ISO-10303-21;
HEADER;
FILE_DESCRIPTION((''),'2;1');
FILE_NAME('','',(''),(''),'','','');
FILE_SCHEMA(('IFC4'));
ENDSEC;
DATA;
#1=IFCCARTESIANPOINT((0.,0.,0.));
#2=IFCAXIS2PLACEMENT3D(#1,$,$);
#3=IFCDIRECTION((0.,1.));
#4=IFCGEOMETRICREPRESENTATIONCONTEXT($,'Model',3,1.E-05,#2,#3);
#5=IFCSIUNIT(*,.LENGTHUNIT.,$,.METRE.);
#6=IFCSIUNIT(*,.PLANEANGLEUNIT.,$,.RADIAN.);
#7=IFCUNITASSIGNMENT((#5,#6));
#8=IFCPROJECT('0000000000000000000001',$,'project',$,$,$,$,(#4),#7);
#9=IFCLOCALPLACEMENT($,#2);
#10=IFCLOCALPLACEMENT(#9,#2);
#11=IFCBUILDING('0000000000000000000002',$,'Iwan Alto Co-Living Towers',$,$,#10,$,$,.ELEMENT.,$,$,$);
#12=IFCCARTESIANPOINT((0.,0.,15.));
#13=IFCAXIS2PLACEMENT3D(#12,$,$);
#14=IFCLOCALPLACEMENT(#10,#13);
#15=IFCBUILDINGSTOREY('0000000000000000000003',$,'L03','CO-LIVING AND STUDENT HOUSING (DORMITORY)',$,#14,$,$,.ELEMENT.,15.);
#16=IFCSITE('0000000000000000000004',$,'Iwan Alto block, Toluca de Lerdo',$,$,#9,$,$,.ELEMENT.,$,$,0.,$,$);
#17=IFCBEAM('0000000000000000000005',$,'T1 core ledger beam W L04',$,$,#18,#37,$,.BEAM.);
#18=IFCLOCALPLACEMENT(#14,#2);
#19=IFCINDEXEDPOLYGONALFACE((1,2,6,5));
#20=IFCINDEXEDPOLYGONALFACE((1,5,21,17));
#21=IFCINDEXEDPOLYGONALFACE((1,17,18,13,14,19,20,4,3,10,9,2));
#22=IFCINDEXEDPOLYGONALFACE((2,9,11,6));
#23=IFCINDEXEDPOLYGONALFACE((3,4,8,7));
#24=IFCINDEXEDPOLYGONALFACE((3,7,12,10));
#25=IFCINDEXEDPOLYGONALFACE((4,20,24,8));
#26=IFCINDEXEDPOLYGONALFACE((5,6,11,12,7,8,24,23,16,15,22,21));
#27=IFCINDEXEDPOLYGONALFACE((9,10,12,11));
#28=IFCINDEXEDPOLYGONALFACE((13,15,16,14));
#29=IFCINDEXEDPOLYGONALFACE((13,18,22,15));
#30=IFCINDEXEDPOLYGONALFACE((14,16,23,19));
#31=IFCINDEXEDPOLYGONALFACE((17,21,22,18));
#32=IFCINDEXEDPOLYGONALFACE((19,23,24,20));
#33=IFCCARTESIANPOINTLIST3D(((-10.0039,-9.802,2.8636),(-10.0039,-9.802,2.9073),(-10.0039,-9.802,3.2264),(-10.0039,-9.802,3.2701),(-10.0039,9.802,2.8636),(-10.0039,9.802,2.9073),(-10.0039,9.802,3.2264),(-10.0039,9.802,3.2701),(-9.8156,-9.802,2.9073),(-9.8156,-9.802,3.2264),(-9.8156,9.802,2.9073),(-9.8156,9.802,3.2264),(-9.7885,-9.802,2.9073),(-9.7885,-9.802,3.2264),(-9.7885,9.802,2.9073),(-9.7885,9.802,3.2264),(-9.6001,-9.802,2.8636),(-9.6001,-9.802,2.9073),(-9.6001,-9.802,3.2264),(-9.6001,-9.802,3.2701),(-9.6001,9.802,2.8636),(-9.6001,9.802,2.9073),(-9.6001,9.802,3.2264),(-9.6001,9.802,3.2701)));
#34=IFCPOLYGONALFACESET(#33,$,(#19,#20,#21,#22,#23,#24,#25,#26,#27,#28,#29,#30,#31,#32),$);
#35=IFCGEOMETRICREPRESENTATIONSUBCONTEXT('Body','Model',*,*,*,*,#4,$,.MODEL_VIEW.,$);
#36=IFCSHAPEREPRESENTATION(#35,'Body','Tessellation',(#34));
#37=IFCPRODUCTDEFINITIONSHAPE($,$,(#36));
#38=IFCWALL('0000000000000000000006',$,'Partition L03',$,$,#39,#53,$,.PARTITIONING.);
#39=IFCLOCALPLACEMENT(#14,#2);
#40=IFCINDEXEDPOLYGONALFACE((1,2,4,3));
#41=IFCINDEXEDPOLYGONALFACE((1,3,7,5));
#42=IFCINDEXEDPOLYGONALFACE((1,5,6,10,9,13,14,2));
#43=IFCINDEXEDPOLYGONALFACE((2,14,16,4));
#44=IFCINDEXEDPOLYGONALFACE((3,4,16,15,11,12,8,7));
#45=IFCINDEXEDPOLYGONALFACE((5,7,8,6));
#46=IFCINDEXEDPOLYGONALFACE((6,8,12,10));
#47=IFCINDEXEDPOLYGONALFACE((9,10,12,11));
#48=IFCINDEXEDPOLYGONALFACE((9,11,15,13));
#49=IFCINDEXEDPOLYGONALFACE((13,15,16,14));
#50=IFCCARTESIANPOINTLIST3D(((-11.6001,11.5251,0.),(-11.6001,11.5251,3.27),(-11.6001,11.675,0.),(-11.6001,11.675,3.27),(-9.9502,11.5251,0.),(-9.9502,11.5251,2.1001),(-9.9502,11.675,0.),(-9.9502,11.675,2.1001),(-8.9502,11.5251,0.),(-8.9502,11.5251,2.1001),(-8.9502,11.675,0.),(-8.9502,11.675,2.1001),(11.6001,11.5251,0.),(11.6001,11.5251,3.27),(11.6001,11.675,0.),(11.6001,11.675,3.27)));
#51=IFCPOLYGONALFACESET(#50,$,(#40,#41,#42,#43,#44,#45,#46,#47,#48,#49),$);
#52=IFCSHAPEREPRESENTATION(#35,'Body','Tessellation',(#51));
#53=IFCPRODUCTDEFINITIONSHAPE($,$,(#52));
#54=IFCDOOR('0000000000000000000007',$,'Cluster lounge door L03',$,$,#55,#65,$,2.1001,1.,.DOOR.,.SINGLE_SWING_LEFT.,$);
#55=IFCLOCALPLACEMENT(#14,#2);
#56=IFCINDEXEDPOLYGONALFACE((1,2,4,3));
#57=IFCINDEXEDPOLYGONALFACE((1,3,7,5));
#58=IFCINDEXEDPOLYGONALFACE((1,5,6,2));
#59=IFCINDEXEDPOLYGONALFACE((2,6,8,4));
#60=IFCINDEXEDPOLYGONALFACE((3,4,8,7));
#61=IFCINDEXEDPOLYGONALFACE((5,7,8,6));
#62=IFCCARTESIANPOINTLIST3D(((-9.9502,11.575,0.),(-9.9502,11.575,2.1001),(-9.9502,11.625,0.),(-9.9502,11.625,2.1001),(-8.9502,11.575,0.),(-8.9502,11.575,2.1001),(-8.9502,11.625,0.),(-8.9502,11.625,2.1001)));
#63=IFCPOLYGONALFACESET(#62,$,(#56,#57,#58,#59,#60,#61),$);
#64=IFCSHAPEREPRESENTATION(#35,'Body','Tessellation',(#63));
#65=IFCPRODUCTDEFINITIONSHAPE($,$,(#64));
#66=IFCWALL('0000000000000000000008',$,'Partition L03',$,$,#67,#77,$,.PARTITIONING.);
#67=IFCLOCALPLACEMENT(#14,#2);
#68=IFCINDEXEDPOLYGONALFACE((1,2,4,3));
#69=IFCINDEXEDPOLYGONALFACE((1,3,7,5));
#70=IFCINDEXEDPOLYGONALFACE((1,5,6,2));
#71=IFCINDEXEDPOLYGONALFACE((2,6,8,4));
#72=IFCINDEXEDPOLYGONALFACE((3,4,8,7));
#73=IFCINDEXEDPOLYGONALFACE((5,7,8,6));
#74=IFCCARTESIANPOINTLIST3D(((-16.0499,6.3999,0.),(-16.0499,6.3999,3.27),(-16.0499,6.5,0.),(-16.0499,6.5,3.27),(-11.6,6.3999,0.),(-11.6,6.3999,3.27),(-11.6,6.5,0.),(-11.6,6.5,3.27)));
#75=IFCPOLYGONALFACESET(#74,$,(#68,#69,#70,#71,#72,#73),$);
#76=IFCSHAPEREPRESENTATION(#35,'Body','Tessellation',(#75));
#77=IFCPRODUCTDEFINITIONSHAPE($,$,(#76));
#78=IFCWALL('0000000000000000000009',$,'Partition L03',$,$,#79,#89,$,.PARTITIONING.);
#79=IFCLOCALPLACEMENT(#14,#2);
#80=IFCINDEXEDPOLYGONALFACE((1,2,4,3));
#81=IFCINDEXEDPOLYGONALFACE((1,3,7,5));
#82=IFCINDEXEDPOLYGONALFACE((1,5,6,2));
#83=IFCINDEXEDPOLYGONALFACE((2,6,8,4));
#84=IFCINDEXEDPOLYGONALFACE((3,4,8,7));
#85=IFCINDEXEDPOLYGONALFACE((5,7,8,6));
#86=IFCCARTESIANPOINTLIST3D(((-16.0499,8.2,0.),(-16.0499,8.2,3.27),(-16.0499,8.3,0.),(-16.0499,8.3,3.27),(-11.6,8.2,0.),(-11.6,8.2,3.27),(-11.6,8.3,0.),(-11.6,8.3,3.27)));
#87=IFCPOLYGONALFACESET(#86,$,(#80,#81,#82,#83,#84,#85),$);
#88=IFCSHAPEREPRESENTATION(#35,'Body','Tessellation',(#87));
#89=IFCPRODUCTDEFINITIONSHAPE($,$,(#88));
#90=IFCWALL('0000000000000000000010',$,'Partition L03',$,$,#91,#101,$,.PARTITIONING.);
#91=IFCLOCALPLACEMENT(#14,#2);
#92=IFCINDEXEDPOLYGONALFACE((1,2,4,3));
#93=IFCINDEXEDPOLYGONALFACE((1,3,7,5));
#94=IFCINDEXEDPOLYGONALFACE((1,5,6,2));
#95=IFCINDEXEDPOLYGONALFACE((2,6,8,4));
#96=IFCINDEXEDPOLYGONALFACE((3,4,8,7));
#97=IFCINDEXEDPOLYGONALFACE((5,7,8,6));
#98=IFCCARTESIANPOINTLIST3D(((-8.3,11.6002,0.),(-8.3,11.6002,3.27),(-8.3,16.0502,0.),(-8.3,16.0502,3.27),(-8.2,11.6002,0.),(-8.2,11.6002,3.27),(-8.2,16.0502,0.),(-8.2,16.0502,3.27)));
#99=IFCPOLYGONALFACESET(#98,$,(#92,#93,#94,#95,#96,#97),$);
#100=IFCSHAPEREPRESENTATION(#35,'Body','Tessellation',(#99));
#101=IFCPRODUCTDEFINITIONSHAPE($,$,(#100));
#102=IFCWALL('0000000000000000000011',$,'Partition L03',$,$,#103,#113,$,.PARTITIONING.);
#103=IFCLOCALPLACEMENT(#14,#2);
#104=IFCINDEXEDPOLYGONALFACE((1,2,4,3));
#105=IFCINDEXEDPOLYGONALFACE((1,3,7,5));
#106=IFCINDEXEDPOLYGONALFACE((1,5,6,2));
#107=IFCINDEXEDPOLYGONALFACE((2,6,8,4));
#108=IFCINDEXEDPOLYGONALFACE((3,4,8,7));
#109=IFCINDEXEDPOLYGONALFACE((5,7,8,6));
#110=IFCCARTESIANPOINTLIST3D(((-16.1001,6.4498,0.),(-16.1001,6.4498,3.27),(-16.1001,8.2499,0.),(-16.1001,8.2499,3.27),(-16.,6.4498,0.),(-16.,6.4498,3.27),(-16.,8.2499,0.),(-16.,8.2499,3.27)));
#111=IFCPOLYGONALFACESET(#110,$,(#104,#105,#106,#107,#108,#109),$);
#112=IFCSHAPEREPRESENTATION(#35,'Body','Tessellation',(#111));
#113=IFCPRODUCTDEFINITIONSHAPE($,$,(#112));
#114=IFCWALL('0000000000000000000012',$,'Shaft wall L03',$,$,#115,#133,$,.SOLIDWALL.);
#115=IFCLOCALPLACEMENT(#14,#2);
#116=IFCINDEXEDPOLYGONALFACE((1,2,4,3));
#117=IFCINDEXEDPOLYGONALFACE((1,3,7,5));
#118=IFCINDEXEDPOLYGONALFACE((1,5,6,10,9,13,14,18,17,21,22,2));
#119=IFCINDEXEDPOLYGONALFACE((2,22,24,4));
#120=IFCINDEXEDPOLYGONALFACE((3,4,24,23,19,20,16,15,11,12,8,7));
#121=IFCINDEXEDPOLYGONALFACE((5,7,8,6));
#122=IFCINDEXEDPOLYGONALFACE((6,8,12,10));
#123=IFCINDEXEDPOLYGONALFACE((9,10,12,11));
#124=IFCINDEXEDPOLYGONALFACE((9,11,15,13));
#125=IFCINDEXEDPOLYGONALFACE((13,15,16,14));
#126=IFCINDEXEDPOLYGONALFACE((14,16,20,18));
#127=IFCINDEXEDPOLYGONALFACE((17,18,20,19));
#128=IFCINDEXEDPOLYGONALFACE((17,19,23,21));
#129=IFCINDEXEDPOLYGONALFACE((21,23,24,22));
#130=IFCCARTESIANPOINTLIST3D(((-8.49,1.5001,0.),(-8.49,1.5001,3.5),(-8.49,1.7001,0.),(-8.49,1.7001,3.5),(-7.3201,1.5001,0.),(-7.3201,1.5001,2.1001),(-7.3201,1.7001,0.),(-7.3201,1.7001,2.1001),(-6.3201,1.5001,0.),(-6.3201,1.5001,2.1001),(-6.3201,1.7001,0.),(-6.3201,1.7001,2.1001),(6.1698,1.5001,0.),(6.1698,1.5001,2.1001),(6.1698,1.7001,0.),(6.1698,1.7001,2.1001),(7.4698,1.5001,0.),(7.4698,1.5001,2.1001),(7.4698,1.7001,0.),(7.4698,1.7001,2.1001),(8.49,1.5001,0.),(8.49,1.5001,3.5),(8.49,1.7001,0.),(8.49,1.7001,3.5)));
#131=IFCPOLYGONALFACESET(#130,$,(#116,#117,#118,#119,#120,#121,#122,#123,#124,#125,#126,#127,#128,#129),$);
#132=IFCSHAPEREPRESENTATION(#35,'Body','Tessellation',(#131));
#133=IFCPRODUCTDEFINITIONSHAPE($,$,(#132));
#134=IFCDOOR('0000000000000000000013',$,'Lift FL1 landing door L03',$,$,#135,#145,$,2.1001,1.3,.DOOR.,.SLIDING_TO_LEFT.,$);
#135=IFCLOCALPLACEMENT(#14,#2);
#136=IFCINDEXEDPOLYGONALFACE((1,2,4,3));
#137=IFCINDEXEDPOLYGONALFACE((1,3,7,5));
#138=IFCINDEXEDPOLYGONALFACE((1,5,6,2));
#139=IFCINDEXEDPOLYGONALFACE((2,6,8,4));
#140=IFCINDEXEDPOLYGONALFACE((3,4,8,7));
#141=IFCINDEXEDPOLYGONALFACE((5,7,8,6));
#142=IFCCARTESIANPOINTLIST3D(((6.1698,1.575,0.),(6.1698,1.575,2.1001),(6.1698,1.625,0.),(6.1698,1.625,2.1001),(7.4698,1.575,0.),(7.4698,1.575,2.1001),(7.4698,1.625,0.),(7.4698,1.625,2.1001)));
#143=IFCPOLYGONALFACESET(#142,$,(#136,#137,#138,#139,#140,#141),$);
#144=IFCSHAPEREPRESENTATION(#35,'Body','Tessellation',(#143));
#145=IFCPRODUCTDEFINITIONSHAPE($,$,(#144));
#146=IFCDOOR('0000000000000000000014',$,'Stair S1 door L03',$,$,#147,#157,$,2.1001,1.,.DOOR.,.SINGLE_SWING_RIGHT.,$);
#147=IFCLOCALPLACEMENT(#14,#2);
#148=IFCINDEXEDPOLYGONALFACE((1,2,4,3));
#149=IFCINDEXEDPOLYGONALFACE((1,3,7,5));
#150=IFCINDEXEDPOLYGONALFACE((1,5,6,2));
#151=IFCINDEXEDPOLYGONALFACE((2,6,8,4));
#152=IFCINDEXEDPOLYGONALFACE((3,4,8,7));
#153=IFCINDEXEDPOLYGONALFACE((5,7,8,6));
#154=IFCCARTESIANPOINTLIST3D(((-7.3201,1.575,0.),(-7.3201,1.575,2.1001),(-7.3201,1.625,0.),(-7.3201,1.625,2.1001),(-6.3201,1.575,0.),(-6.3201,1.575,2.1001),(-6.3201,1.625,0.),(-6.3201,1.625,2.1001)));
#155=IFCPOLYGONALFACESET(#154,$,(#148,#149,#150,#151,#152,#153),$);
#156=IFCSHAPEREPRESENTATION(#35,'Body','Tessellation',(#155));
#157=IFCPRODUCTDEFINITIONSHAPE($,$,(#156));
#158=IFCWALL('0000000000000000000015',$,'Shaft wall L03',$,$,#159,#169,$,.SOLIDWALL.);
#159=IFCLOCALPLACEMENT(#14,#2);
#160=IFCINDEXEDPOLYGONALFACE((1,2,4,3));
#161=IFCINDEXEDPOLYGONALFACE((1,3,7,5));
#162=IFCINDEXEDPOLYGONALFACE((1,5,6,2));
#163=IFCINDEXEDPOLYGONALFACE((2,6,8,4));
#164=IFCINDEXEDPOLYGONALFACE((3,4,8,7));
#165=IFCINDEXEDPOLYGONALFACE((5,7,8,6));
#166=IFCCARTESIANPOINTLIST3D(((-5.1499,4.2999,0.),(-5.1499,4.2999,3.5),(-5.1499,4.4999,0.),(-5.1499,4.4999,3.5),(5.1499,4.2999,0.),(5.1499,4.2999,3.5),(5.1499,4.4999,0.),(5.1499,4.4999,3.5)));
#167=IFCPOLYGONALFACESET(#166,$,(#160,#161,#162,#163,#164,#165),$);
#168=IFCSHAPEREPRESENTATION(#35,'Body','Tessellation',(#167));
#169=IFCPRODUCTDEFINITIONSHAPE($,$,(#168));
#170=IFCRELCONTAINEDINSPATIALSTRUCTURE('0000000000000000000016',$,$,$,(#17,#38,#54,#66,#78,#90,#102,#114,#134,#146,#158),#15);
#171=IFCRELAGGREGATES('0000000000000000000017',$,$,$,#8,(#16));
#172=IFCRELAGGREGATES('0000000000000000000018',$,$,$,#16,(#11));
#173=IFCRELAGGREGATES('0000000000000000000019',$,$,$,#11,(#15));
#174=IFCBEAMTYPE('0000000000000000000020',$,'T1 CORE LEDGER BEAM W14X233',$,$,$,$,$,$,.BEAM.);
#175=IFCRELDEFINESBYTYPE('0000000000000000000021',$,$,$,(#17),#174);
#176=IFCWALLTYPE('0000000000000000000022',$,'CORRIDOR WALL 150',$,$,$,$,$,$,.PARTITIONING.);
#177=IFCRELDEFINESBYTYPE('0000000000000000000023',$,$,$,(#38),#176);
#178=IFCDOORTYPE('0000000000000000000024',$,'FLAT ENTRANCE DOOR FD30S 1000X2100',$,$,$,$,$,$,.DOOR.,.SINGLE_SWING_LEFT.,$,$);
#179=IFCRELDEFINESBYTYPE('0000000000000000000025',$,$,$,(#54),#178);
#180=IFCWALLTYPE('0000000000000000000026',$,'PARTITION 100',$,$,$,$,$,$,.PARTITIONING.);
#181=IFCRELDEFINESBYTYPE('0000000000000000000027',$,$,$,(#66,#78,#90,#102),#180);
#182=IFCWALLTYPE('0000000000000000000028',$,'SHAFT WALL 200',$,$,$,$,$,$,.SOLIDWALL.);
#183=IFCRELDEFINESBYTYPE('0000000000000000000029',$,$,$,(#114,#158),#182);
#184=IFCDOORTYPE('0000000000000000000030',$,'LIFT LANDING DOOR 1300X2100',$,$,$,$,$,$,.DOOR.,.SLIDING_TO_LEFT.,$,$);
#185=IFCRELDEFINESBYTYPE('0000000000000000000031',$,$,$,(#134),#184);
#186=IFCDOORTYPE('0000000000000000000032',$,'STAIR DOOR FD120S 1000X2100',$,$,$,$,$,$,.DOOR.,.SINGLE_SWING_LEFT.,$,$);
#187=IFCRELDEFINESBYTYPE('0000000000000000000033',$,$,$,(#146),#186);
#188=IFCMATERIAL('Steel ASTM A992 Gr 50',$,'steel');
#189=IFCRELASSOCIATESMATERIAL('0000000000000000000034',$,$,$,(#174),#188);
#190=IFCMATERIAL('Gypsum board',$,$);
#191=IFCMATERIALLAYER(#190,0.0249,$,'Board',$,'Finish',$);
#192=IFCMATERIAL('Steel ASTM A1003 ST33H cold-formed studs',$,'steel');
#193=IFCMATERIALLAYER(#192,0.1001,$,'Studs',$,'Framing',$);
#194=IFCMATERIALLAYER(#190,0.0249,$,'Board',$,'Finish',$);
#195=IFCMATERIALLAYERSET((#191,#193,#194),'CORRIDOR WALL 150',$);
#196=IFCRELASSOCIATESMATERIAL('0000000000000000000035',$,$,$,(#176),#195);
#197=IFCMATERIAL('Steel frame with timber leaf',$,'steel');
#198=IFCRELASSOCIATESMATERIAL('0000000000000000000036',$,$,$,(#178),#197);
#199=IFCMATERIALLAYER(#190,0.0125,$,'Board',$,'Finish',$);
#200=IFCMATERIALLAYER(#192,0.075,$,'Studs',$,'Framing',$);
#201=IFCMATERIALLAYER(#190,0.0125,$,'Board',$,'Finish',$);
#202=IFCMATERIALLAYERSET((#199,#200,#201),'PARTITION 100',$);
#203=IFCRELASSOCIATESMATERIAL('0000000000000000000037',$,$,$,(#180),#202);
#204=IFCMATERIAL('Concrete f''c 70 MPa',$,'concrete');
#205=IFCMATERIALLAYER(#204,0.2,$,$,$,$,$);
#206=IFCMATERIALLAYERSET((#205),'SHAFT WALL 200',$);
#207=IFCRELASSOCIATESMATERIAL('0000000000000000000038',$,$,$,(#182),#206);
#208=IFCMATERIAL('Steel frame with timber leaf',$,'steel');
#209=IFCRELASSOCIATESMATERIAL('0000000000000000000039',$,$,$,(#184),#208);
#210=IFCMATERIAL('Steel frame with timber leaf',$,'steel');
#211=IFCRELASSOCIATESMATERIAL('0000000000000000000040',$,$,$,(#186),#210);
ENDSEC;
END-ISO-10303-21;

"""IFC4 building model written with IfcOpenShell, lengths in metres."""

from ifc_helpers import new_model, si_unit, direction, frame, frame_2d, origin, origin_2d, place, context, subcontext, project, spatial, rectangle, i_section, extrude, material, layer, layer_set, material_profile, profile_set, type_object, element, fill, save


model = new_model("IFC4")

# Units and contexts
model_context = context("Model", 3, precision=1e-05, world=origin(), true_north=direction((0.0, 1.0)))
body_context = subcontext(model_context, "Body", "Model", "MODEL_VIEW")
ifc_project = project(units=[si_unit("LENGTHUNIT", "METRE"), si_unit("PLANEANGLEUNIT", "RADIAN")], contexts=[model_context])

# Site, building, storey
site_placement = place(None, origin())
site = spatial("IfcSite", under=ifc_project, at=site_placement, Name="Iwan Alto block, Toluca de Lerdo", CompositionType="ELEMENT", RefElevation=0.0)
building_placement = place(site_placement, origin())
building = spatial("IfcBuilding", under=site, at=building_placement, Name="Iwan Alto Co-Living Towers", CompositionType="ELEMENT")
storey_placement = place(building_placement, frame((0.0, 0.0, 15.0)))
storey = spatial("IfcBuildingStorey", under=building, at=storey_placement, Name="L03", Description="CO-LIVING AND STUDENT HOUSING (DORMITORY)", CompositionType="ELEMENT", Elevation=15.0)

# Beam
ifc_material_1 = material(Name="Steel ASTM A992 Gr 50", Category="steel")
ifc_material_profile = material_profile(ifc_material_1, i_section(OverallWidth=0.4038, OverallDepth=0.4065, WebThickness=0.0271, FlangeThickness=0.0437, at=origin_2d()), Name="W14X233")
ifc_profile_set = profile_set([ifc_material_profile], Name="Steel ASTM A992 Gr 50")
beam_type = type_object("IfcBeamType", Name="T1 CORE LEDGER BEAM W14X233", PredefinedType="BEAM", material=ifc_profile_set)
beam_placement = place(storey_placement, frame((-9.802, 9.802, 3.0669), z_axis=(0.0, -1.0, 0.0), x_axis=(1.0, 0.0, 0.0)))
element("IfcBeam", 1, at=beam_placement, inside=storey, type_object=beam_type, Name="T1 core ledger beam W L04", PredefinedType="BEAM", context=body_context, shape_type="SweptSolid", body=[
    extrude(i_section(OverallWidth=0.4038, OverallDepth=0.4065, WebThickness=0.0271, FlangeThickness=0.0437, at=origin_2d()), origin(), (0.0, 0.0, 1.0), 19.604),
])

# Wall, opening, door
ifc_material_2 = material(Name="Gypsum board")
ifc_layer_1 = layer(ifc_material_2, 0.0249, Name="Board", Category="Finish")
ifc_material_3 = material(Name="Steel ASTM A1003 ST33H cold-formed studs", Category="steel")
ifc_layer_2 = layer(ifc_material_3, 0.1001, Name="Studs", Category="Framing")
ifc_layer_3 = layer(ifc_material_2, 0.0249, Name="Board", Category="Finish")
ifc_layer_set_1 = layer_set([ifc_layer_1, ifc_layer_2, ifc_layer_3], Name="CORRIDOR WALL 150")
wall_type_1 = type_object("IfcWallType", Name="CORRIDOR WALL 150", PredefinedType="PARTITIONING", material=ifc_layer_set_1)
wall_1_placement = place(storey_placement, frame((-11.6001, 11.6001, 0.0), z_axis=(0.0, 0.0, 1.0), x_axis=(1.0, 0.0, 0.0)))
wall_1 = element("IfcWall", 2, at=wall_1_placement, inside=storey, type_object=wall_type_1, Name="Partition L03", PredefinedType="PARTITIONING", context=body_context, shape_type="SweptSolid", body=[
    extrude(rectangle(XDim=23.2002, YDim=0.1499, at=frame_2d((11.6001, 0.0))), origin(), (0.0, 0.0, 1.0), 3.27),
])
opening_1_placement = place(wall_1_placement, frame((1.6499, 0.0, 0.0)))
opening_1 = element("IfcOpeningElement", 3, at=opening_1_placement, cuts=wall_1, PredefinedType="OPENING", context=body_context, shape_type="SweptSolid", body=[
    extrude(rectangle(XDim=1.0, YDim=2.1001, at=frame_2d((0.5, 1.05))), frame((0.0, 0.085, 0.0), z_axis=(0.0, -1.0, 0.0), x_axis=(1.0, 0.0, 0.0)), (0.0, 0.0, 1.0), 0.1699),
])
ifc_material_4 = material(Name="Steel frame with timber leaf", Category="steel")
door_type_1 = type_object("IfcDoorType", Name="FLAT ENTRANCE DOOR FD30S 1000X2100", OperationType="SINGLE_SWING_LEFT", PredefinedType="DOOR", material=ifc_material_4)
door_1_placement = place(opening_1_placement, origin())
door_1 = element("IfcDoor", 4, at=door_1_placement, inside=storey, type_object=door_type_1, Name="Cluster lounge door L03", OperationType="SINGLE_SWING_LEFT", OverallHeight=2.1001, OverallWidth=1.0, PredefinedType="DOOR", context=body_context, shape_type="SweptSolid", body=[
    extrude(rectangle(XDim=1.0, YDim=2.1001, at=frame_2d((0.5, 1.05))), frame((0.0, 0.0249, 0.0), z_axis=(0.0, -1.0, 0.0), x_axis=(1.0, 0.0, 0.0)), (0.0, 0.0, 1.0), 0.05),
])
fill(opening_1, door_1)

# Walls
ifc_layer_4 = layer(ifc_material_2, 0.0125, Name="Board", Category="Finish")
ifc_layer_5 = layer(ifc_material_3, 0.075, Name="Studs", Category="Framing")
ifc_layer_6 = layer(ifc_material_2, 0.0125, Name="Board", Category="Finish")
ifc_layer_set_2 = layer_set([ifc_layer_4, ifc_layer_5, ifc_layer_6], Name="PARTITION 100")
wall_type_2 = type_object("IfcWallType", Name="PARTITION 100", PredefinedType="PARTITIONING", material=ifc_layer_set_2)
for number, where, z_axis, x_axis, name in (
    (5, (-16.05, 6.45, 0.0), (0.0, 0.0, 1.0), (1.0, 0.0, 0.0), "Partition L03"),
    (6, (-16.05, 8.25, 0.0), (0.0, 0.0, 1.0), (1.0, 0.0, 0.0), "Partition L03"),
    (7, (-8.25, 11.6001, 0.0), (0.0, 0.0, 1.0), (0.0, 1.0, 0.0), "Partition L03"),
):
    element("IfcWall", number, at=place(storey_placement, frame(where, z_axis=z_axis, x_axis=x_axis)), inside=storey, type_object=wall_type_2, Name=name, PredefinedType="PARTITIONING", context=body_context, shape_type="SweptSolid", body=[
        extrude(rectangle(XDim=4.45, YDim=0.1001, at=frame_2d((2.2251, 0.0))), origin(), (0.0, 0.0, 1.0), 3.27),
    ])
wall_2_placement = place(storey_placement, frame((-16.05, 6.45, 0.0), z_axis=(0.0, 0.0, 1.0), x_axis=(0.0, 1.0, 0.0)))
element("IfcWall", 8, at=wall_2_placement, inside=storey, type_object=wall_type_2, Name="Partition L03", PredefinedType="PARTITIONING", context=body_context, shape_type="SweptSolid", body=[
    extrude(rectangle(XDim=1.8, YDim=0.1001, at=frame_2d((0.8999, 0.0))), origin(), (0.0, 0.0, 1.0), 3.27),
])

# Wall, openings, doors
ifc_material_5 = material(Name="Concrete f'c 70 MPa", Category="concrete")
ifc_layer_7 = layer(ifc_material_5, 0.2)
ifc_layer_set_3 = layer_set([ifc_layer_7], Name="SHAFT WALL 200")
wall_type_3 = type_object("IfcWallType", Name="SHAFT WALL 200", PredefinedType="SOLIDWALL", material=ifc_layer_set_3)
wall_3_placement = place(storey_placement, frame((-8.49, 1.6001, 0.0), z_axis=(0.0, 0.0, 1.0), x_axis=(1.0, 0.0, 0.0)))
wall_3 = element("IfcWall", 9, at=wall_3_placement, inside=storey, type_object=wall_type_3, Name="Shaft wall L03", PredefinedType="SOLIDWALL", context=body_context, shape_type="SweptSolid", body=[
    extrude(rectangle(XDim=16.98, YDim=0.2, at=frame_2d((8.49, 0.0))), origin(), (0.0, 0.0, 1.0), 3.5),
])
opening_2_placement = place(wall_3_placement, frame((1.1699, 0.0, 0.0)))
opening_2 = element("IfcOpeningElement", 10, at=opening_2_placement, cuts=wall_3, PredefinedType="OPENING", context=body_context, shape_type="SweptSolid", body=[
    extrude(rectangle(XDim=1.0, YDim=2.1001, at=frame_2d((0.5, 1.05))), frame((0.0, 0.1099, 0.0), z_axis=(0.0, -1.0, 0.0), x_axis=(1.0, 0.0, 0.0)), (0.0, 0.0, 1.0), 0.22),
])
opening_3_placement = place(wall_3_placement, frame((14.6599, 0.0, 0.0)))
opening_3 = element("IfcOpeningElement", 11, at=opening_3_placement, cuts=wall_3, PredefinedType="OPENING", context=body_context, shape_type="SweptSolid", body=[
    extrude(rectangle(XDim=1.3, YDim=2.1001, at=frame_2d((0.6499, 1.05))), frame((0.0, 0.1099, 0.0), z_axis=(0.0, -1.0, 0.0), x_axis=(1.0, 0.0, 0.0)), (0.0, 0.0, 1.0), 0.22),
])
ifc_material_6 = material(Name="Steel frame with timber leaf", Category="steel")
door_type_2 = type_object("IfcDoorType", Name="LIFT LANDING DOOR 1300X2100", OperationType="SLIDING_TO_LEFT", PredefinedType="DOOR", material=ifc_material_6)
door_2_placement = place(opening_3_placement, origin())
door_2 = element("IfcDoor", 12, at=door_2_placement, inside=storey, type_object=door_type_2, Name="Lift FL1 landing door L03", OperationType="SLIDING_TO_LEFT", OverallHeight=2.1001, OverallWidth=1.3, PredefinedType="DOOR", context=body_context, shape_type="SweptSolid", body=[
    extrude(rectangle(XDim=1.3, YDim=2.1001, at=frame_2d((0.6499, 1.05))), frame((0.0, 0.0249, 0.0), z_axis=(0.0, -1.0, 0.0), x_axis=(1.0, 0.0, 0.0)), (0.0, 0.0, 1.0), 0.05),
])
fill(opening_3, door_2)
ifc_material_7 = material(Name="Steel frame with timber leaf", Category="steel")
door_type_3 = type_object("IfcDoorType", Name="STAIR DOOR FD120S 1000X2100", OperationType="SINGLE_SWING_LEFT", PredefinedType="DOOR", material=ifc_material_7)
door_3_placement = place(opening_2_placement, origin())
door_3 = element("IfcDoor", 13, at=door_3_placement, inside=storey, type_object=door_type_3, Name="Stair S1 door L03", OperationType="SINGLE_SWING_RIGHT", OverallHeight=2.1001, OverallWidth=1.0, PredefinedType="DOOR", context=body_context, shape_type="SweptSolid", body=[
    extrude(rectangle(XDim=1.0, YDim=2.1001, at=frame_2d((0.5, 1.05))), frame((0.0, 0.0249, 0.0), z_axis=(0.0, -1.0, 0.0), x_axis=(1.0, 0.0, 0.0)), (0.0, 0.0, 1.0), 0.05),
])
fill(opening_2, door_3)

# Wall
wall_4_placement = place(storey_placement, frame((-5.1499, 4.3999, 0.0), z_axis=(0.0, 0.0, 1.0), x_axis=(1.0, 0.0, 0.0)))
element("IfcWall", 14, at=wall_4_placement, inside=storey, type_object=wall_type_3, Name="Shaft wall L03", PredefinedType="SOLIDWALL", context=body_context, shape_type="SweptSolid", body=[
    extrude(rectangle(XDim=10.2998, YDim=0.2, at=frame_2d((5.1499, 0.0))), origin(), (0.0, 0.0, 1.0), 3.5),
])

save(model, "model.ifc")
